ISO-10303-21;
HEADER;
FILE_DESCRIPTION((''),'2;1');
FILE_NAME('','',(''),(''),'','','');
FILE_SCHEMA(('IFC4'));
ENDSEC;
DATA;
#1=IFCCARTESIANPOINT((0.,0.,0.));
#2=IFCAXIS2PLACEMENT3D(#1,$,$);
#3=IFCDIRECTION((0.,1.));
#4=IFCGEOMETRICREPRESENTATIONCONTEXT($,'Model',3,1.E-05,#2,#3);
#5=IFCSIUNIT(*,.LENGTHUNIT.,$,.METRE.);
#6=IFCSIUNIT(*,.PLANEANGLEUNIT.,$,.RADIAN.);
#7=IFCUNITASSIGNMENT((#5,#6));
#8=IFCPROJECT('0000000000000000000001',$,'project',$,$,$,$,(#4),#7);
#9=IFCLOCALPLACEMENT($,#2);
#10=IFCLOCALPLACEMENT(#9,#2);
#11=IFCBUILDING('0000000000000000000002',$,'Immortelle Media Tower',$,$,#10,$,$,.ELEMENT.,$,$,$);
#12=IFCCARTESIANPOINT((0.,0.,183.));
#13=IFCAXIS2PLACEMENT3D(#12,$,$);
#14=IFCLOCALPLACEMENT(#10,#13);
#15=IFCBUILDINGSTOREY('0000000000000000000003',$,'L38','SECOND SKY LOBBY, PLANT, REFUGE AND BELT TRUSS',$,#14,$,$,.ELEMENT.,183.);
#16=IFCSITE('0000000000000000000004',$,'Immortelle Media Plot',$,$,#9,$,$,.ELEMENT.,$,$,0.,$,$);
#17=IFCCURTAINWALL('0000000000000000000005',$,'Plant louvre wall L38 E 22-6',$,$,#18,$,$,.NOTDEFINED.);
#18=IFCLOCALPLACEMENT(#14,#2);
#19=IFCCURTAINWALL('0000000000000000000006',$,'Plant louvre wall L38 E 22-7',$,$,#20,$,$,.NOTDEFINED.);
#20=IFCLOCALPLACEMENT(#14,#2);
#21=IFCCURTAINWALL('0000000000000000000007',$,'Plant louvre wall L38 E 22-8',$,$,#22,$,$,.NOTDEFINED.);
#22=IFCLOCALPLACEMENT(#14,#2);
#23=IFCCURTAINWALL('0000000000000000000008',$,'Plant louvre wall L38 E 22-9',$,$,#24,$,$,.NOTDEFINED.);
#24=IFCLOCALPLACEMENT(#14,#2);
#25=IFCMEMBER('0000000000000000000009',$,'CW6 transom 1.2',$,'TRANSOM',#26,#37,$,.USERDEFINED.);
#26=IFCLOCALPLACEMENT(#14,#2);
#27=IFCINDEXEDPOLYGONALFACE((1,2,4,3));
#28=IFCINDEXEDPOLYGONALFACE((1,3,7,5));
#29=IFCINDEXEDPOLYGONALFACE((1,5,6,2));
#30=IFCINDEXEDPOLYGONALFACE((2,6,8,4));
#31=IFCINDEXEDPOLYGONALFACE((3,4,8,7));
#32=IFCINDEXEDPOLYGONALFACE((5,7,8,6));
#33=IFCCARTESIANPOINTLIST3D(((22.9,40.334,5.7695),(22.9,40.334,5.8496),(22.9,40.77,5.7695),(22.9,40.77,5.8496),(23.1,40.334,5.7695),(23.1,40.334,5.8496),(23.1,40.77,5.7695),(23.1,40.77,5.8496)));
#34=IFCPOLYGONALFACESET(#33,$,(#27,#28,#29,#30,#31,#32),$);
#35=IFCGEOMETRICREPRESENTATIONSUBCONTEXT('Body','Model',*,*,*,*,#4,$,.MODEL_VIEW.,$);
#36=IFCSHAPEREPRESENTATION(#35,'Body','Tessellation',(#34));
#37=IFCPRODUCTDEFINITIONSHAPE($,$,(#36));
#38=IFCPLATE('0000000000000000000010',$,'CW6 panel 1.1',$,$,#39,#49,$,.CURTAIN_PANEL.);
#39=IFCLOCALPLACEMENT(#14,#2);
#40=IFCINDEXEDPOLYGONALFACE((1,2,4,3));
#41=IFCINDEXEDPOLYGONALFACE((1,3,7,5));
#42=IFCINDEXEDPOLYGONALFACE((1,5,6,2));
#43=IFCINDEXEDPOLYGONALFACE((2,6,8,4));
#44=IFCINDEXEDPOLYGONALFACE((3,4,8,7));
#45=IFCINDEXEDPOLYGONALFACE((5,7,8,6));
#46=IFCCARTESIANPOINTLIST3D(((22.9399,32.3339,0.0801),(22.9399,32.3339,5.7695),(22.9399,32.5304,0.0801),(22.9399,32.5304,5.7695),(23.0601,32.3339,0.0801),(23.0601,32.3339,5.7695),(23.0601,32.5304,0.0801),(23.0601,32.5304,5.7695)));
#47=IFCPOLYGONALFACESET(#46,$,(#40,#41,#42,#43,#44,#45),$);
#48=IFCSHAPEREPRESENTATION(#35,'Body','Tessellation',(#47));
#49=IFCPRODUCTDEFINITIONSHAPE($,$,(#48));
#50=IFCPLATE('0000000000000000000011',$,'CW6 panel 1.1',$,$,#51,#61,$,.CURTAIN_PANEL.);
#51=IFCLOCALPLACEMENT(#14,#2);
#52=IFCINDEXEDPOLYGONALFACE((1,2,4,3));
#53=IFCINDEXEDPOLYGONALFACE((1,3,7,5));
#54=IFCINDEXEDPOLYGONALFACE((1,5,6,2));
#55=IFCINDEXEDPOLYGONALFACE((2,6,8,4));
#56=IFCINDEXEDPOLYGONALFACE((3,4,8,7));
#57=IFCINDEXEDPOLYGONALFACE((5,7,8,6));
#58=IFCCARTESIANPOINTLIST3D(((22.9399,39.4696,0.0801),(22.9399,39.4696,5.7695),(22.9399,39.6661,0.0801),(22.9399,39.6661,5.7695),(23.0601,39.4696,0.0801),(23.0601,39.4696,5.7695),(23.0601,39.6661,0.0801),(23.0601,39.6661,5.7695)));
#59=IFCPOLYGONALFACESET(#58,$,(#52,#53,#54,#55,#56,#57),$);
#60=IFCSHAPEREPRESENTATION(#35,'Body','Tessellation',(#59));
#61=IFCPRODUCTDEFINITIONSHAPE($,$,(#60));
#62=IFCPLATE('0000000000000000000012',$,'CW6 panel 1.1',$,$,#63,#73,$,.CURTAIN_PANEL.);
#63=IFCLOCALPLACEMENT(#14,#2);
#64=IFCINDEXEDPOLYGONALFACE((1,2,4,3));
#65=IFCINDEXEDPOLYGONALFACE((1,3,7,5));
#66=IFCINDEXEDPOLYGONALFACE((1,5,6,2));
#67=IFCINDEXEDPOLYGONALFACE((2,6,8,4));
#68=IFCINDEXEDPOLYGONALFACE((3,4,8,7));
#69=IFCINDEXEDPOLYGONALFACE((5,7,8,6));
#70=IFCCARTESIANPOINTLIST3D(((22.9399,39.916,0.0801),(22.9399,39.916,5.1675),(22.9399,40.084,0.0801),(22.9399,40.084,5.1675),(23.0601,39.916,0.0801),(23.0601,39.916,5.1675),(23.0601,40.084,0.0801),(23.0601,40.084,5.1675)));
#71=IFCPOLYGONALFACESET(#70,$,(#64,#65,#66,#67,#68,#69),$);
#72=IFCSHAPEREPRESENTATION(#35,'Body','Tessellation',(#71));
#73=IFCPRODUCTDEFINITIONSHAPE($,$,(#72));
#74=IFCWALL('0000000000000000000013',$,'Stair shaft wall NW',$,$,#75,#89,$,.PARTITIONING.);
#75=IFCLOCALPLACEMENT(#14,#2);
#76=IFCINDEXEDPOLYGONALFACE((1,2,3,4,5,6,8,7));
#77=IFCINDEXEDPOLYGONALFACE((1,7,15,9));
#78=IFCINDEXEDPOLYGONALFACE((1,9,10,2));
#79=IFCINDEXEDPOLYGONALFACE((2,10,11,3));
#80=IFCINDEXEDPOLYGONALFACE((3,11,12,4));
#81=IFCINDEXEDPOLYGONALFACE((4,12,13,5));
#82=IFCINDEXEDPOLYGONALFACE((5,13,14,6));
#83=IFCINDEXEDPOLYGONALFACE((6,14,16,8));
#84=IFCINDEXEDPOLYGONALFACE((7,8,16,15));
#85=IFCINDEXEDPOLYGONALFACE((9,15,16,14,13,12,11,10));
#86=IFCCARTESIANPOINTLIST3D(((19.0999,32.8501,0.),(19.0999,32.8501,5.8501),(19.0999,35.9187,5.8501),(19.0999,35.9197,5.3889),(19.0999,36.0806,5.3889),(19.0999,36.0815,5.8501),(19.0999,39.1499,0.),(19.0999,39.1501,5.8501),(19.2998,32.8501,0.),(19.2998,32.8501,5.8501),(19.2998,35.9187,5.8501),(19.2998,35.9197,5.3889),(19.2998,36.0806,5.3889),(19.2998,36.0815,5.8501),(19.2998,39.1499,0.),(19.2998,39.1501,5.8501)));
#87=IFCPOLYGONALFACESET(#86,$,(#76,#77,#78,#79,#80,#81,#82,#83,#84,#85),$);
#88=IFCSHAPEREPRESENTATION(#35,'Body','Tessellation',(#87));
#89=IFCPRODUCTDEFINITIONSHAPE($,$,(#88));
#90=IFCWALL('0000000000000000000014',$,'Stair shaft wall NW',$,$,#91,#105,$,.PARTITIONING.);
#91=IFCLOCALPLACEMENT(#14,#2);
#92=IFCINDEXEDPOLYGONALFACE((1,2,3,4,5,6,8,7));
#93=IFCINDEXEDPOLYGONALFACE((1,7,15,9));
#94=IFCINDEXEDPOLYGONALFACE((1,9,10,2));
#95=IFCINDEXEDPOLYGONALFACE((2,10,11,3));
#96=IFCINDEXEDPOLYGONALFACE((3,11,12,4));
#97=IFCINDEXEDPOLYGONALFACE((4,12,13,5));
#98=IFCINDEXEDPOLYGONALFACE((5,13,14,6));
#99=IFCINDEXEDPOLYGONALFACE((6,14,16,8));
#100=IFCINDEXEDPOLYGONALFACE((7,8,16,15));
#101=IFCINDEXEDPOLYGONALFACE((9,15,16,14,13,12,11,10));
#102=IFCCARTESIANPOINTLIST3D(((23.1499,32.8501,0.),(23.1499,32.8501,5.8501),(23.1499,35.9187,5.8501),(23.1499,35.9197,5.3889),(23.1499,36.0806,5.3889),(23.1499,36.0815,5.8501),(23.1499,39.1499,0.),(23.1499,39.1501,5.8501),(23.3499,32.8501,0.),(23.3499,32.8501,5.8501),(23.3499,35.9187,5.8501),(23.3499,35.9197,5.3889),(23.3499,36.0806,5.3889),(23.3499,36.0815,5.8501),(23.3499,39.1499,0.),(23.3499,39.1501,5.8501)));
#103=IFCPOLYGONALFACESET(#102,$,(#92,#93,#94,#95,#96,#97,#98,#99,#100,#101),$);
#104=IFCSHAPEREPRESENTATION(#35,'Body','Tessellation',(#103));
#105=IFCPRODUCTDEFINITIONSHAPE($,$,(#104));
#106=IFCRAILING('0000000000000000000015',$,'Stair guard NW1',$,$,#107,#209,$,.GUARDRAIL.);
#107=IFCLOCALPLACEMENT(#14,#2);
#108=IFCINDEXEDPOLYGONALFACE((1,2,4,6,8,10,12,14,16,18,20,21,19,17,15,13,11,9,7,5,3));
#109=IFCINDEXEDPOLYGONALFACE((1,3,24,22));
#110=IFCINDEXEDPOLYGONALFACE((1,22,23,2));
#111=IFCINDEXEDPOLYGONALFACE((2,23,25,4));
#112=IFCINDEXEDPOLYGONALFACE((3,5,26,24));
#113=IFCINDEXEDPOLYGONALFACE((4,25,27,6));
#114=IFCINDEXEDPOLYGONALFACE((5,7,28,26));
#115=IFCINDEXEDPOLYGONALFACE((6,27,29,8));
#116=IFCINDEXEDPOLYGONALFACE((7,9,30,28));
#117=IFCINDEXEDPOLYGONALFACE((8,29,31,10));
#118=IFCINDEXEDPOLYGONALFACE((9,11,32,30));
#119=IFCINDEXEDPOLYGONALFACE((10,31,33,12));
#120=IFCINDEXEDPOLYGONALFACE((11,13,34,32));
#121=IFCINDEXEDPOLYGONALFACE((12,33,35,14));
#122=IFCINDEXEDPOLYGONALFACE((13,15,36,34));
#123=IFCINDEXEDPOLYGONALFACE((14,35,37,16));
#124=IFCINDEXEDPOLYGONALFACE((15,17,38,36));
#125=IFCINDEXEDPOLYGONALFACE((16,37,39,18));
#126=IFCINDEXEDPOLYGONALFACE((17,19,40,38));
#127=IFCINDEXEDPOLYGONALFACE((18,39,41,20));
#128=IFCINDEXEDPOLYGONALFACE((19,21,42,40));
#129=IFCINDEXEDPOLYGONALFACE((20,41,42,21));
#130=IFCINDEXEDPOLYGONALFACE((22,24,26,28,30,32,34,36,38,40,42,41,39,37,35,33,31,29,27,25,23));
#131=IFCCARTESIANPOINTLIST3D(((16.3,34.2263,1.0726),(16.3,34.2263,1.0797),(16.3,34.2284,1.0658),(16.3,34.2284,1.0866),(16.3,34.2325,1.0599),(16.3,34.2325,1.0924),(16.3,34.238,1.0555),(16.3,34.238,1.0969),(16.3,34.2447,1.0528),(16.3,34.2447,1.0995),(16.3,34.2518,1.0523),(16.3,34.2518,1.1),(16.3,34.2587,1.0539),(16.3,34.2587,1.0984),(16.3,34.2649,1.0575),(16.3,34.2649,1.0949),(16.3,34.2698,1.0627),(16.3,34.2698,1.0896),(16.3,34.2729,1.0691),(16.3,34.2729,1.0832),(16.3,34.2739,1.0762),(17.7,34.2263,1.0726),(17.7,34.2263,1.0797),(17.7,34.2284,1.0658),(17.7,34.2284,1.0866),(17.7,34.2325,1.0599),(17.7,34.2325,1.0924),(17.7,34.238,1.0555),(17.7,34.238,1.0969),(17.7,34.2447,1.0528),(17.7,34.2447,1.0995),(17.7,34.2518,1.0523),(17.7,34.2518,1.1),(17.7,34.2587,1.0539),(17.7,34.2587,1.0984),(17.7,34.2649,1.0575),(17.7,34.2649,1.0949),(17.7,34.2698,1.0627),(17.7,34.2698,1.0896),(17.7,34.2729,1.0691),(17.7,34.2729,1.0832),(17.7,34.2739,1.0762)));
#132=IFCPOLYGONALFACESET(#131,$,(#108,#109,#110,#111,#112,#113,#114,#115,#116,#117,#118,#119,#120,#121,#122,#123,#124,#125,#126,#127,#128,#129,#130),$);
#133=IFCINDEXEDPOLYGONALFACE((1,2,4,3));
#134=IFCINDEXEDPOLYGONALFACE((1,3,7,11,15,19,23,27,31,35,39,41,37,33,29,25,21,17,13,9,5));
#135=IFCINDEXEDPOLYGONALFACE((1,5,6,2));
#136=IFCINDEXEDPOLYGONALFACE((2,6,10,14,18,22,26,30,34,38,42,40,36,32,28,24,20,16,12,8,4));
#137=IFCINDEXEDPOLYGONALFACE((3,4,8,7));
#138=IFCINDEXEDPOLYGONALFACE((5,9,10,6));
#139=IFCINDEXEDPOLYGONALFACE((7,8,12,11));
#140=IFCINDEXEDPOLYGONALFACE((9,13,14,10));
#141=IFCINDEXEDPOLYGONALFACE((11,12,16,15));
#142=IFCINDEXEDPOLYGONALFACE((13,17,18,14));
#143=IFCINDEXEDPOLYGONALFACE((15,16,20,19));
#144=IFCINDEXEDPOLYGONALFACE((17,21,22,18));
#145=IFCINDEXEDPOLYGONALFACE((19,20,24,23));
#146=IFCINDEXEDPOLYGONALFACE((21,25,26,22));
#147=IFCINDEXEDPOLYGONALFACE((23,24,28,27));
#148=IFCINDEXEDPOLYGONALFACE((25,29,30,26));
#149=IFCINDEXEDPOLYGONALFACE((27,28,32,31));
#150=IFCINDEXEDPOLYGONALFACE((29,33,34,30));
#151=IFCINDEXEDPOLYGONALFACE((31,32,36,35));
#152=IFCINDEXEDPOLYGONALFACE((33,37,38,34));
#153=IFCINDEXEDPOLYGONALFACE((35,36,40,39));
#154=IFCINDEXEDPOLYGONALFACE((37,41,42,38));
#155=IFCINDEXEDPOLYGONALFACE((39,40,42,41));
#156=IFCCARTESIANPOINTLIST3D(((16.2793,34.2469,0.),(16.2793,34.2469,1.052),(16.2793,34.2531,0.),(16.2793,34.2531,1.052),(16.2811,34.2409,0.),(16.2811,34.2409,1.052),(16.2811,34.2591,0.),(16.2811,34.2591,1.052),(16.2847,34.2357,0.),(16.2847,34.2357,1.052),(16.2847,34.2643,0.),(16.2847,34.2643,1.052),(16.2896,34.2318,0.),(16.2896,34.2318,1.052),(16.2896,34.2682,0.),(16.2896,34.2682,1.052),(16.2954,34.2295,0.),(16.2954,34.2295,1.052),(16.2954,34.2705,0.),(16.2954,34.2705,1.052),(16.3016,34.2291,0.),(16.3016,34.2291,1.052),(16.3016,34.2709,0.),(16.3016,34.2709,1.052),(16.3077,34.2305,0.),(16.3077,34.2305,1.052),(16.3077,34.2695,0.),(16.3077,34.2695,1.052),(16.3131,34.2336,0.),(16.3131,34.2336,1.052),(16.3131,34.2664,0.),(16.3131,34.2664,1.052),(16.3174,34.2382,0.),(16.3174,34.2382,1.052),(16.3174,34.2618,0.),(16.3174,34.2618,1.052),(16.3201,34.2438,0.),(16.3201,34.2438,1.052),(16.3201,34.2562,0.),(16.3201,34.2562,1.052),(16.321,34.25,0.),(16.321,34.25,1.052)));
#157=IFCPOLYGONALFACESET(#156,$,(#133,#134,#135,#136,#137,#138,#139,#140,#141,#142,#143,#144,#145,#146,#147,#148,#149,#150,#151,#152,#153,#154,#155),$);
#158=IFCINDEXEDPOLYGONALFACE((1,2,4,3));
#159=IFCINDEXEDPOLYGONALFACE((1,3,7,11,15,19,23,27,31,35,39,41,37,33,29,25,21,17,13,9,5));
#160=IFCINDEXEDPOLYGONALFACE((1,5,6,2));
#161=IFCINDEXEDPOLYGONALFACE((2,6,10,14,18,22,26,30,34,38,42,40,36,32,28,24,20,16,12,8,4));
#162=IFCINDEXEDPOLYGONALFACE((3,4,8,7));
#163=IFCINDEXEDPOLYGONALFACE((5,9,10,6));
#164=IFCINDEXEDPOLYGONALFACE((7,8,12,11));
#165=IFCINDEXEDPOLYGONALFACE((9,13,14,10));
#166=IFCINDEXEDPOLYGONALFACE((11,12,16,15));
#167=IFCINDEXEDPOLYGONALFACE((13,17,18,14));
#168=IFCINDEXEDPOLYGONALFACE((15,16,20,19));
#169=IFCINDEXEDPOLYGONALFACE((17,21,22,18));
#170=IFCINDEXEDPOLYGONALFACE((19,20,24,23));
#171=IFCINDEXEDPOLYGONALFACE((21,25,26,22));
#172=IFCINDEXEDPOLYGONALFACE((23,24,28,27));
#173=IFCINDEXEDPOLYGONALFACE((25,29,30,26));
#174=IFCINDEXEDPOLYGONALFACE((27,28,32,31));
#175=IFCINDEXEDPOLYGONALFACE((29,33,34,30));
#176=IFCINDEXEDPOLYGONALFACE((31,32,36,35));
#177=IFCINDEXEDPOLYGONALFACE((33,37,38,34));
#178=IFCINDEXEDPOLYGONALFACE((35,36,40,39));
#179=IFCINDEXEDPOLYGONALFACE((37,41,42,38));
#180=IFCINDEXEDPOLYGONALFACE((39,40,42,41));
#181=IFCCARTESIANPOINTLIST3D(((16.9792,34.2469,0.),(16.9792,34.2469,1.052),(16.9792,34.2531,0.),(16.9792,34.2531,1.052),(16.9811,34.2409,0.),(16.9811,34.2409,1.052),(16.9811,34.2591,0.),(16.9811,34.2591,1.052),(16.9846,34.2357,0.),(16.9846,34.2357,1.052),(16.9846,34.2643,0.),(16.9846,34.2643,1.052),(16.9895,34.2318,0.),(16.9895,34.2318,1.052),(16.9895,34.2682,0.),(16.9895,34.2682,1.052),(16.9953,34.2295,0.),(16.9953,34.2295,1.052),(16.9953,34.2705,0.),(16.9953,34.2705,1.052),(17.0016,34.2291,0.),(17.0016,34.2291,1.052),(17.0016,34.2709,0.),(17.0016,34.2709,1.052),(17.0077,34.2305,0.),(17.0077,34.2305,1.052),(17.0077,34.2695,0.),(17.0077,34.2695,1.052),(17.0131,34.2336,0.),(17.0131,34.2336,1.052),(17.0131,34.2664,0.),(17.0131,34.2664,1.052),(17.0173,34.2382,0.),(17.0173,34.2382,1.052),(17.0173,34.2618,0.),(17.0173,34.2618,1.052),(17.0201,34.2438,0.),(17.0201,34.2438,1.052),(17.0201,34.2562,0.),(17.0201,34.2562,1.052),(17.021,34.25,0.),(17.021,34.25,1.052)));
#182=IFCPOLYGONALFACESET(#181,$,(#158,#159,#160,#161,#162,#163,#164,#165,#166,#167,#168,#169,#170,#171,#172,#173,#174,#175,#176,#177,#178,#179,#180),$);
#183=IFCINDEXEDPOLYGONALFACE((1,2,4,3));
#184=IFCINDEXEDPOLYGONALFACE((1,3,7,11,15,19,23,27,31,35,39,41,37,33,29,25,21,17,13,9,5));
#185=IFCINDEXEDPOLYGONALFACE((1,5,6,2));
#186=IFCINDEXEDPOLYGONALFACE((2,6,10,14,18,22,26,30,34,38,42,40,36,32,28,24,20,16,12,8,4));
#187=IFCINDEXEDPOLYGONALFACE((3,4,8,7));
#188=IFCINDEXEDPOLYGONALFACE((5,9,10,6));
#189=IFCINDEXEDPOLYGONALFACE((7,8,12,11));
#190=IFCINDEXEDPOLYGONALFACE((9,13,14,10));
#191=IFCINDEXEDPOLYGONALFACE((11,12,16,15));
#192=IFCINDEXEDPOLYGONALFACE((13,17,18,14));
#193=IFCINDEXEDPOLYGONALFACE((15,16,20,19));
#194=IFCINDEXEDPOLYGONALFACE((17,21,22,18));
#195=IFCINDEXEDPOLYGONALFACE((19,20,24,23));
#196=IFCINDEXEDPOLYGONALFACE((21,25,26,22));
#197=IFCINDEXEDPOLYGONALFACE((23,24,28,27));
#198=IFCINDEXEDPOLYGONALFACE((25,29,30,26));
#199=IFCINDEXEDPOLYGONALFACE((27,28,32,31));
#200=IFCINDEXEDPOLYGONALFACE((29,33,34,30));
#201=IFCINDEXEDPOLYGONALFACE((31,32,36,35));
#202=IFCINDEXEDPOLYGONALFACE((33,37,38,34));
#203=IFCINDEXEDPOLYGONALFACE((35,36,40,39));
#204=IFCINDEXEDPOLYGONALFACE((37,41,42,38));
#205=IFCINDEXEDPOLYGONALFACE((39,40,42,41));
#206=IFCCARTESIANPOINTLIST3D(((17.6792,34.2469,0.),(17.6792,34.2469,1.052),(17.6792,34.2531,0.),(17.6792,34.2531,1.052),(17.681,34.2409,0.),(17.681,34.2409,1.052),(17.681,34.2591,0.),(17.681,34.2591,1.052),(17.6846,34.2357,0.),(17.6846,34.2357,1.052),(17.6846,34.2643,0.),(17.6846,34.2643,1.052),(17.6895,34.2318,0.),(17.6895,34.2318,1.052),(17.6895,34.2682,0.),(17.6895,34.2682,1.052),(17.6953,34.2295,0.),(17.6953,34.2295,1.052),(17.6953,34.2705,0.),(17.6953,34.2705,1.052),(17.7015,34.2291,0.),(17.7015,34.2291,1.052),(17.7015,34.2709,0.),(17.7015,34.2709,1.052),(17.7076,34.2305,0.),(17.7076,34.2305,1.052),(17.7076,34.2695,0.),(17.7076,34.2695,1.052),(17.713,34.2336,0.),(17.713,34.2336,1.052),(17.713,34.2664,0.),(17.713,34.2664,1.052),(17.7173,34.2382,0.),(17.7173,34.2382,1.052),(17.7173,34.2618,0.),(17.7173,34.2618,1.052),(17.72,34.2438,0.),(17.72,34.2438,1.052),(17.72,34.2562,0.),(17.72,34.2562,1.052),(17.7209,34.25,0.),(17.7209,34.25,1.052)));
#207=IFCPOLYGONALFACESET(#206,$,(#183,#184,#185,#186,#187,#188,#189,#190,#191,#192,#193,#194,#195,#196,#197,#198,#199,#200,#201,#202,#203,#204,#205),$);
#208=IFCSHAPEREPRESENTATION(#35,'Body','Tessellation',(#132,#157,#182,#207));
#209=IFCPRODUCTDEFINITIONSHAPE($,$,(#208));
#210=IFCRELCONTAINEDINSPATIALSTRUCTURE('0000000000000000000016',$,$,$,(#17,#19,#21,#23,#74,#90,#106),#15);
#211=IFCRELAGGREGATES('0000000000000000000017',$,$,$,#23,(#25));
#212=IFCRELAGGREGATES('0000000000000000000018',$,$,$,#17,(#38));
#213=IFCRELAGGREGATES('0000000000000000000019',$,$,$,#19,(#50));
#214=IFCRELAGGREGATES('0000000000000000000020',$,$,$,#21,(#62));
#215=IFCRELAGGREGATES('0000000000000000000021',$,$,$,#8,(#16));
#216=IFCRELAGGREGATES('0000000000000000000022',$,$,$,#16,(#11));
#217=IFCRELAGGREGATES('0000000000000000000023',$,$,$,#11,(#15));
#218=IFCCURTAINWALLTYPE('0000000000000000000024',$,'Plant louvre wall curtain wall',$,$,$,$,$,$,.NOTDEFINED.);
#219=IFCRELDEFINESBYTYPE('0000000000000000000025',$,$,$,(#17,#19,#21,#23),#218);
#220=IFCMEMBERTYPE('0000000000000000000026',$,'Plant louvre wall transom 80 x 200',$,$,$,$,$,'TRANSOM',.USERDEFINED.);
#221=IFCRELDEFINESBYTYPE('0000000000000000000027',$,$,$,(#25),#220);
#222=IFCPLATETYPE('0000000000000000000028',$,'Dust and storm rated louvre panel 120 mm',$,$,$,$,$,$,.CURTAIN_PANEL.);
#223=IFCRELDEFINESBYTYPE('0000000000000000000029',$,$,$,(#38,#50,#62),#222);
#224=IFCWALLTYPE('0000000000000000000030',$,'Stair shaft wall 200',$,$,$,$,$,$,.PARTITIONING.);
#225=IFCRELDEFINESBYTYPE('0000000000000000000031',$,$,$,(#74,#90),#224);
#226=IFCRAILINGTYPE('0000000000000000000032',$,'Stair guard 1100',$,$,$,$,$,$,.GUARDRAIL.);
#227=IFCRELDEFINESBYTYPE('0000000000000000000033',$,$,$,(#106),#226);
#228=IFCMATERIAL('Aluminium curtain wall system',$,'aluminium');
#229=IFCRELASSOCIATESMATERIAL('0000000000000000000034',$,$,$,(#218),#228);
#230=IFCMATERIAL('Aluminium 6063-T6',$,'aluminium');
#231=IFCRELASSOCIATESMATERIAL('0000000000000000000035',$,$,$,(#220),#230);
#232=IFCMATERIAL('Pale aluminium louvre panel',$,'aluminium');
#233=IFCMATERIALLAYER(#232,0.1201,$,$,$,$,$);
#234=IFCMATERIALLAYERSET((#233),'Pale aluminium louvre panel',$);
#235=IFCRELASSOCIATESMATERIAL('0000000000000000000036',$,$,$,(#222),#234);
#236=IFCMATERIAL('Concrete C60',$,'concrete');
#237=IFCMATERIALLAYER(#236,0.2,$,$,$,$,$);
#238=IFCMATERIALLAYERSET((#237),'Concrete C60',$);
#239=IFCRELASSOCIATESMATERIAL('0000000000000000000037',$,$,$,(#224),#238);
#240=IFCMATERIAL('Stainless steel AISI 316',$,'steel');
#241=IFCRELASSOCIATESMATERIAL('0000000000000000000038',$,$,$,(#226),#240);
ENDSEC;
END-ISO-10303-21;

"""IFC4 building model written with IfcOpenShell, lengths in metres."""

from ifc_helpers import new_model, si_unit, direction, frame, origin, origin_2d, place, context, subcontext, project, spatial, polyline, rectangle, circle, outline, extrude, material, layer, layer_set, material_profile, profile_set, type_object, element, aggregate, save


model = new_model("IFC4")

# Units and contexts
model_context = context("Model", 3, precision=1e-05, world=origin(), true_north=direction((0.0, 1.0)))
body_context = subcontext(model_context, "Body", "Model", "MODEL_VIEW")
ifc_project = project(units=[si_unit("LENGTHUNIT", "METRE"), si_unit("PLANEANGLEUNIT", "RADIAN")], contexts=[model_context])

# Site, building, storey
site_placement = place(None, origin())
site = spatial("IfcSite", under=ifc_project, at=site_placement, Name="Immortelle Media Plot", CompositionType="ELEMENT", RefElevation=0.0)
building_placement = place(site_placement, origin())
building = spatial("IfcBuilding", under=site, at=building_placement, Name="Immortelle Media Tower", CompositionType="ELEMENT")
storey_placement = place(building_placement, frame((0.0, 0.0, 183.0)))
storey = spatial("IfcBuildingStorey", under=building, at=storey_placement, Name="L38", Description="SECOND SKY LOBBY, PLANT, REFUGE AND BELT TRUSS", CompositionType="ELEMENT", Elevation=183.0)

# Curtain wall
ifc_material_1 = material(Name="Aluminium curtain wall system", Category="aluminium")
curtain_wall_type = type_object("IfcCurtainWallType", Name="Plant louvre wall curtain wall", PredefinedType="NOTDEFINED", material=ifc_material_1)
curtain_wall_1_placement = place(storey_placement, origin())
curtain_wall_1 = element("IfcCurtainWall", 1, at=curtain_wall_1_placement, inside=storey, type_object=curtain_wall_type, Name="Plant louvre wall L38 E 22-6", PredefinedType="NOTDEFINED")
ifc_material_2 = material(Name="Aluminium 6063-T6", Category="aluminium")

# Curtain walls
curtain_wall_2_placement = place(storey_placement, origin())
curtain_wall_2 = element("IfcCurtainWall", 2, at=curtain_wall_2_placement, inside=storey, type_object=curtain_wall_type, Name="Plant louvre wall L38 E 22-7", PredefinedType="NOTDEFINED")
curtain_wall_3_placement = place(storey_placement, origin())
curtain_wall_3 = element("IfcCurtainWall", 3, at=curtain_wall_3_placement, inside=storey, type_object=curtain_wall_type, Name="Plant louvre wall L38 E 22-8", PredefinedType="NOTDEFINED")

# Curtain wall
curtain_wall_4_placement = place(storey_placement, origin())
curtain_wall_4 = element("IfcCurtainWall", 4, at=curtain_wall_4_placement, inside=storey, type_object=curtain_wall_type, Name="Plant louvre wall L38 E 22-9", PredefinedType="NOTDEFINED")

# Member
ifc_material_profile_1 = material_profile(ifc_material_2, rectangle(XDim=0.2, YDim=0.0801, at=origin_2d()), Name="AL 80x200")
ifc_profile_set_1 = profile_set([ifc_material_profile_1], Name="Aluminium 6063-T6")
member_type_1 = type_object("IfcMemberType", Name="Plant louvre wall transom 80 x 200", ElementType="TRANSOM", PredefinedType="USERDEFINED", material=ifc_profile_set_1)
member_1_placement = place(storey_placement, frame((23.0, 40.334, 5.8096), z_axis=(0.0, 1.0, 0.0), x_axis=(-1.0, 0.0, 0.0)))
member_1 = element("IfcMember", 5, at=member_1_placement, type_object=member_type_1, Name="CW6 transom 1.2", ObjectType="TRANSOM", PredefinedType="USERDEFINED", context=body_context, shape_type="SweptSolid", body=[
    extrude(rectangle(XDim=0.2, YDim=0.0801, at=origin_2d()), origin(), (0.0, 0.0, 1.0), 0.436),
])
aggregate(curtain_wall_4, [member_1])

# Plates
ifc_material_3 = material(Name="Pale aluminium louvre panel", Category="aluminium")
ifc_layer_1 = layer(ifc_material_3, 0.1201)
ifc_layer_set_1 = layer_set([ifc_layer_1], Name="Pale aluminium louvre panel")
plate_type = type_object("IfcPlateType", Name="Dust and storm rated louvre panel 120 mm", PredefinedType="CURTAIN_PANEL", material=ifc_layer_set_1)
plate_1_placement = place(storey_placement, frame((23.0, 32.4321, 0.0801), z_axis=(0.0, 0.0, 1.0), x_axis=(0.0, 1.0, 0.0)))
plate_1 = element("IfcPlate", 6, at=plate_1_placement, type_object=plate_type, Name="CW6 panel 1.1", PredefinedType="CURTAIN_PANEL", context=body_context, shape_type="SweptSolid", body=[
    extrude(rectangle(XDim=0.1965, YDim=0.1201, at=origin_2d()), origin(), (0.0, 0.0, 1.0), 5.6895),
])
aggregate(curtain_wall_1, [plate_1])
plate_2_placement = place(storey_placement, frame((23.0, 39.5679, 0.0801), z_axis=(0.0, 0.0, 1.0), x_axis=(0.0, 1.0, 0.0)))
plate_2 = element("IfcPlate", 7, at=plate_2_placement, type_object=plate_type, Name="CW6 panel 1.1", PredefinedType="CURTAIN_PANEL", context=body_context, shape_type="SweptSolid", body=[
    extrude(rectangle(XDim=0.1965, YDim=0.1201, at=origin_2d()), origin(), (0.0, 0.0, 1.0), 5.6895),
])
aggregate(curtain_wall_2, [plate_2])
plate_3_placement = place(storey_placement, frame((23.0, 40.0, 0.0801), z_axis=(0.0, 0.0, 1.0), x_axis=(0.0, 1.0, 0.0)))
plate_3 = element("IfcPlate", 8, at=plate_3_placement, type_object=plate_type, Name="CW6 panel 1.1", PredefinedType="CURTAIN_PANEL", context=body_context, shape_type="SweptSolid", body=[
    extrude(rectangle(XDim=0.168, YDim=0.1201, at=origin_2d()), origin(), (0.0, 0.0, 1.0), 5.0874),
])
aggregate(curtain_wall_3, [plate_3])

# Walls
ifc_material_4 = material(Name="Concrete C60", Category="concrete")
ifc_layer_2 = layer(ifc_material_4, 0.2)
ifc_layer_set_2 = layer_set([ifc_layer_2], Name="Concrete C60")
wall_type = type_object("IfcWallType", Name="Stair shaft wall 200", PredefinedType="PARTITIONING", material=ifc_layer_set_2)
for number, where, z_axis, x_axis, name in (
    (9, (19.2, 32.8501, 0.0), (0.0, 0.0, 1.0), (0.0, 1.0, 0.0), "Stair shaft wall NW"),
    (10, (23.25, 32.8501, 0.0), (0.0, 0.0, 1.0), (0.0, 1.0, 0.0), "Stair shaft wall NW"),
):
    element("IfcWall", number, at=place(storey_placement, frame(where, z_axis=z_axis, x_axis=x_axis)), inside=storey, type_object=wall_type, Name=name, PredefinedType="PARTITIONING", context=body_context, shape_type="SweptSolid", body=[
        extrude(outline(polyline([(0.0, 0.0), (6.2998, 0.0), (6.3, 5.8501), (3.2314, 5.8501), (3.2305, 5.3889), (3.0696, 5.3889), (3.0686, 5.8501), (0.0, 5.8501), (0.0, 0.0)])), frame((0.0, 0.1001, 0.0), z_axis=(0.0, -1.0, 0.0), x_axis=(1.0, 0.0, 0.0)), (0.0, 0.0, 1.0), 0.2),
    ])

# Railing
ifc_material_5 = material(Name="Stainless steel AISI 316", Category="steel")
railing_type = type_object("IfcRailingType", Name="Stair guard 1100", PredefinedType="GUARDRAIL", material=ifc_material_5)
railing_1_placement = place(storey_placement, frame((16.3, 34.25, 0.0)))
element("IfcRailing", 11, at=railing_1_placement, inside=storey, type_object=railing_type, Name="Stair guard NW1", PredefinedType="GUARDRAIL", context=body_context, shape_type="SweptSolid", body=[
    extrude(circle(Radius=0.0239, at=origin_2d()), frame((0.0, 0.0, 1.0762), z_axis=(1.0, 0.0, 0.0), x_axis=(0.0, 1.0, 0.0)), (0.0, 0.0, 1.0), 1.3999),
    extrude(circle(Radius=0.021, at=origin_2d()), origin(), (0.0, 0.0, 1.0), 1.052),
    extrude(circle(Radius=0.021, at=origin_2d()), frame((0.7, 0.0, 0.0)), (0.0, 0.0, 1.0), 1.052),
    extrude(circle(Radius=0.021, at=origin_2d()), frame((1.3999, 0.0, 0.0)), (0.0, 0.0, 1.0), 1.052),
])

save(model, "model.ifc")
